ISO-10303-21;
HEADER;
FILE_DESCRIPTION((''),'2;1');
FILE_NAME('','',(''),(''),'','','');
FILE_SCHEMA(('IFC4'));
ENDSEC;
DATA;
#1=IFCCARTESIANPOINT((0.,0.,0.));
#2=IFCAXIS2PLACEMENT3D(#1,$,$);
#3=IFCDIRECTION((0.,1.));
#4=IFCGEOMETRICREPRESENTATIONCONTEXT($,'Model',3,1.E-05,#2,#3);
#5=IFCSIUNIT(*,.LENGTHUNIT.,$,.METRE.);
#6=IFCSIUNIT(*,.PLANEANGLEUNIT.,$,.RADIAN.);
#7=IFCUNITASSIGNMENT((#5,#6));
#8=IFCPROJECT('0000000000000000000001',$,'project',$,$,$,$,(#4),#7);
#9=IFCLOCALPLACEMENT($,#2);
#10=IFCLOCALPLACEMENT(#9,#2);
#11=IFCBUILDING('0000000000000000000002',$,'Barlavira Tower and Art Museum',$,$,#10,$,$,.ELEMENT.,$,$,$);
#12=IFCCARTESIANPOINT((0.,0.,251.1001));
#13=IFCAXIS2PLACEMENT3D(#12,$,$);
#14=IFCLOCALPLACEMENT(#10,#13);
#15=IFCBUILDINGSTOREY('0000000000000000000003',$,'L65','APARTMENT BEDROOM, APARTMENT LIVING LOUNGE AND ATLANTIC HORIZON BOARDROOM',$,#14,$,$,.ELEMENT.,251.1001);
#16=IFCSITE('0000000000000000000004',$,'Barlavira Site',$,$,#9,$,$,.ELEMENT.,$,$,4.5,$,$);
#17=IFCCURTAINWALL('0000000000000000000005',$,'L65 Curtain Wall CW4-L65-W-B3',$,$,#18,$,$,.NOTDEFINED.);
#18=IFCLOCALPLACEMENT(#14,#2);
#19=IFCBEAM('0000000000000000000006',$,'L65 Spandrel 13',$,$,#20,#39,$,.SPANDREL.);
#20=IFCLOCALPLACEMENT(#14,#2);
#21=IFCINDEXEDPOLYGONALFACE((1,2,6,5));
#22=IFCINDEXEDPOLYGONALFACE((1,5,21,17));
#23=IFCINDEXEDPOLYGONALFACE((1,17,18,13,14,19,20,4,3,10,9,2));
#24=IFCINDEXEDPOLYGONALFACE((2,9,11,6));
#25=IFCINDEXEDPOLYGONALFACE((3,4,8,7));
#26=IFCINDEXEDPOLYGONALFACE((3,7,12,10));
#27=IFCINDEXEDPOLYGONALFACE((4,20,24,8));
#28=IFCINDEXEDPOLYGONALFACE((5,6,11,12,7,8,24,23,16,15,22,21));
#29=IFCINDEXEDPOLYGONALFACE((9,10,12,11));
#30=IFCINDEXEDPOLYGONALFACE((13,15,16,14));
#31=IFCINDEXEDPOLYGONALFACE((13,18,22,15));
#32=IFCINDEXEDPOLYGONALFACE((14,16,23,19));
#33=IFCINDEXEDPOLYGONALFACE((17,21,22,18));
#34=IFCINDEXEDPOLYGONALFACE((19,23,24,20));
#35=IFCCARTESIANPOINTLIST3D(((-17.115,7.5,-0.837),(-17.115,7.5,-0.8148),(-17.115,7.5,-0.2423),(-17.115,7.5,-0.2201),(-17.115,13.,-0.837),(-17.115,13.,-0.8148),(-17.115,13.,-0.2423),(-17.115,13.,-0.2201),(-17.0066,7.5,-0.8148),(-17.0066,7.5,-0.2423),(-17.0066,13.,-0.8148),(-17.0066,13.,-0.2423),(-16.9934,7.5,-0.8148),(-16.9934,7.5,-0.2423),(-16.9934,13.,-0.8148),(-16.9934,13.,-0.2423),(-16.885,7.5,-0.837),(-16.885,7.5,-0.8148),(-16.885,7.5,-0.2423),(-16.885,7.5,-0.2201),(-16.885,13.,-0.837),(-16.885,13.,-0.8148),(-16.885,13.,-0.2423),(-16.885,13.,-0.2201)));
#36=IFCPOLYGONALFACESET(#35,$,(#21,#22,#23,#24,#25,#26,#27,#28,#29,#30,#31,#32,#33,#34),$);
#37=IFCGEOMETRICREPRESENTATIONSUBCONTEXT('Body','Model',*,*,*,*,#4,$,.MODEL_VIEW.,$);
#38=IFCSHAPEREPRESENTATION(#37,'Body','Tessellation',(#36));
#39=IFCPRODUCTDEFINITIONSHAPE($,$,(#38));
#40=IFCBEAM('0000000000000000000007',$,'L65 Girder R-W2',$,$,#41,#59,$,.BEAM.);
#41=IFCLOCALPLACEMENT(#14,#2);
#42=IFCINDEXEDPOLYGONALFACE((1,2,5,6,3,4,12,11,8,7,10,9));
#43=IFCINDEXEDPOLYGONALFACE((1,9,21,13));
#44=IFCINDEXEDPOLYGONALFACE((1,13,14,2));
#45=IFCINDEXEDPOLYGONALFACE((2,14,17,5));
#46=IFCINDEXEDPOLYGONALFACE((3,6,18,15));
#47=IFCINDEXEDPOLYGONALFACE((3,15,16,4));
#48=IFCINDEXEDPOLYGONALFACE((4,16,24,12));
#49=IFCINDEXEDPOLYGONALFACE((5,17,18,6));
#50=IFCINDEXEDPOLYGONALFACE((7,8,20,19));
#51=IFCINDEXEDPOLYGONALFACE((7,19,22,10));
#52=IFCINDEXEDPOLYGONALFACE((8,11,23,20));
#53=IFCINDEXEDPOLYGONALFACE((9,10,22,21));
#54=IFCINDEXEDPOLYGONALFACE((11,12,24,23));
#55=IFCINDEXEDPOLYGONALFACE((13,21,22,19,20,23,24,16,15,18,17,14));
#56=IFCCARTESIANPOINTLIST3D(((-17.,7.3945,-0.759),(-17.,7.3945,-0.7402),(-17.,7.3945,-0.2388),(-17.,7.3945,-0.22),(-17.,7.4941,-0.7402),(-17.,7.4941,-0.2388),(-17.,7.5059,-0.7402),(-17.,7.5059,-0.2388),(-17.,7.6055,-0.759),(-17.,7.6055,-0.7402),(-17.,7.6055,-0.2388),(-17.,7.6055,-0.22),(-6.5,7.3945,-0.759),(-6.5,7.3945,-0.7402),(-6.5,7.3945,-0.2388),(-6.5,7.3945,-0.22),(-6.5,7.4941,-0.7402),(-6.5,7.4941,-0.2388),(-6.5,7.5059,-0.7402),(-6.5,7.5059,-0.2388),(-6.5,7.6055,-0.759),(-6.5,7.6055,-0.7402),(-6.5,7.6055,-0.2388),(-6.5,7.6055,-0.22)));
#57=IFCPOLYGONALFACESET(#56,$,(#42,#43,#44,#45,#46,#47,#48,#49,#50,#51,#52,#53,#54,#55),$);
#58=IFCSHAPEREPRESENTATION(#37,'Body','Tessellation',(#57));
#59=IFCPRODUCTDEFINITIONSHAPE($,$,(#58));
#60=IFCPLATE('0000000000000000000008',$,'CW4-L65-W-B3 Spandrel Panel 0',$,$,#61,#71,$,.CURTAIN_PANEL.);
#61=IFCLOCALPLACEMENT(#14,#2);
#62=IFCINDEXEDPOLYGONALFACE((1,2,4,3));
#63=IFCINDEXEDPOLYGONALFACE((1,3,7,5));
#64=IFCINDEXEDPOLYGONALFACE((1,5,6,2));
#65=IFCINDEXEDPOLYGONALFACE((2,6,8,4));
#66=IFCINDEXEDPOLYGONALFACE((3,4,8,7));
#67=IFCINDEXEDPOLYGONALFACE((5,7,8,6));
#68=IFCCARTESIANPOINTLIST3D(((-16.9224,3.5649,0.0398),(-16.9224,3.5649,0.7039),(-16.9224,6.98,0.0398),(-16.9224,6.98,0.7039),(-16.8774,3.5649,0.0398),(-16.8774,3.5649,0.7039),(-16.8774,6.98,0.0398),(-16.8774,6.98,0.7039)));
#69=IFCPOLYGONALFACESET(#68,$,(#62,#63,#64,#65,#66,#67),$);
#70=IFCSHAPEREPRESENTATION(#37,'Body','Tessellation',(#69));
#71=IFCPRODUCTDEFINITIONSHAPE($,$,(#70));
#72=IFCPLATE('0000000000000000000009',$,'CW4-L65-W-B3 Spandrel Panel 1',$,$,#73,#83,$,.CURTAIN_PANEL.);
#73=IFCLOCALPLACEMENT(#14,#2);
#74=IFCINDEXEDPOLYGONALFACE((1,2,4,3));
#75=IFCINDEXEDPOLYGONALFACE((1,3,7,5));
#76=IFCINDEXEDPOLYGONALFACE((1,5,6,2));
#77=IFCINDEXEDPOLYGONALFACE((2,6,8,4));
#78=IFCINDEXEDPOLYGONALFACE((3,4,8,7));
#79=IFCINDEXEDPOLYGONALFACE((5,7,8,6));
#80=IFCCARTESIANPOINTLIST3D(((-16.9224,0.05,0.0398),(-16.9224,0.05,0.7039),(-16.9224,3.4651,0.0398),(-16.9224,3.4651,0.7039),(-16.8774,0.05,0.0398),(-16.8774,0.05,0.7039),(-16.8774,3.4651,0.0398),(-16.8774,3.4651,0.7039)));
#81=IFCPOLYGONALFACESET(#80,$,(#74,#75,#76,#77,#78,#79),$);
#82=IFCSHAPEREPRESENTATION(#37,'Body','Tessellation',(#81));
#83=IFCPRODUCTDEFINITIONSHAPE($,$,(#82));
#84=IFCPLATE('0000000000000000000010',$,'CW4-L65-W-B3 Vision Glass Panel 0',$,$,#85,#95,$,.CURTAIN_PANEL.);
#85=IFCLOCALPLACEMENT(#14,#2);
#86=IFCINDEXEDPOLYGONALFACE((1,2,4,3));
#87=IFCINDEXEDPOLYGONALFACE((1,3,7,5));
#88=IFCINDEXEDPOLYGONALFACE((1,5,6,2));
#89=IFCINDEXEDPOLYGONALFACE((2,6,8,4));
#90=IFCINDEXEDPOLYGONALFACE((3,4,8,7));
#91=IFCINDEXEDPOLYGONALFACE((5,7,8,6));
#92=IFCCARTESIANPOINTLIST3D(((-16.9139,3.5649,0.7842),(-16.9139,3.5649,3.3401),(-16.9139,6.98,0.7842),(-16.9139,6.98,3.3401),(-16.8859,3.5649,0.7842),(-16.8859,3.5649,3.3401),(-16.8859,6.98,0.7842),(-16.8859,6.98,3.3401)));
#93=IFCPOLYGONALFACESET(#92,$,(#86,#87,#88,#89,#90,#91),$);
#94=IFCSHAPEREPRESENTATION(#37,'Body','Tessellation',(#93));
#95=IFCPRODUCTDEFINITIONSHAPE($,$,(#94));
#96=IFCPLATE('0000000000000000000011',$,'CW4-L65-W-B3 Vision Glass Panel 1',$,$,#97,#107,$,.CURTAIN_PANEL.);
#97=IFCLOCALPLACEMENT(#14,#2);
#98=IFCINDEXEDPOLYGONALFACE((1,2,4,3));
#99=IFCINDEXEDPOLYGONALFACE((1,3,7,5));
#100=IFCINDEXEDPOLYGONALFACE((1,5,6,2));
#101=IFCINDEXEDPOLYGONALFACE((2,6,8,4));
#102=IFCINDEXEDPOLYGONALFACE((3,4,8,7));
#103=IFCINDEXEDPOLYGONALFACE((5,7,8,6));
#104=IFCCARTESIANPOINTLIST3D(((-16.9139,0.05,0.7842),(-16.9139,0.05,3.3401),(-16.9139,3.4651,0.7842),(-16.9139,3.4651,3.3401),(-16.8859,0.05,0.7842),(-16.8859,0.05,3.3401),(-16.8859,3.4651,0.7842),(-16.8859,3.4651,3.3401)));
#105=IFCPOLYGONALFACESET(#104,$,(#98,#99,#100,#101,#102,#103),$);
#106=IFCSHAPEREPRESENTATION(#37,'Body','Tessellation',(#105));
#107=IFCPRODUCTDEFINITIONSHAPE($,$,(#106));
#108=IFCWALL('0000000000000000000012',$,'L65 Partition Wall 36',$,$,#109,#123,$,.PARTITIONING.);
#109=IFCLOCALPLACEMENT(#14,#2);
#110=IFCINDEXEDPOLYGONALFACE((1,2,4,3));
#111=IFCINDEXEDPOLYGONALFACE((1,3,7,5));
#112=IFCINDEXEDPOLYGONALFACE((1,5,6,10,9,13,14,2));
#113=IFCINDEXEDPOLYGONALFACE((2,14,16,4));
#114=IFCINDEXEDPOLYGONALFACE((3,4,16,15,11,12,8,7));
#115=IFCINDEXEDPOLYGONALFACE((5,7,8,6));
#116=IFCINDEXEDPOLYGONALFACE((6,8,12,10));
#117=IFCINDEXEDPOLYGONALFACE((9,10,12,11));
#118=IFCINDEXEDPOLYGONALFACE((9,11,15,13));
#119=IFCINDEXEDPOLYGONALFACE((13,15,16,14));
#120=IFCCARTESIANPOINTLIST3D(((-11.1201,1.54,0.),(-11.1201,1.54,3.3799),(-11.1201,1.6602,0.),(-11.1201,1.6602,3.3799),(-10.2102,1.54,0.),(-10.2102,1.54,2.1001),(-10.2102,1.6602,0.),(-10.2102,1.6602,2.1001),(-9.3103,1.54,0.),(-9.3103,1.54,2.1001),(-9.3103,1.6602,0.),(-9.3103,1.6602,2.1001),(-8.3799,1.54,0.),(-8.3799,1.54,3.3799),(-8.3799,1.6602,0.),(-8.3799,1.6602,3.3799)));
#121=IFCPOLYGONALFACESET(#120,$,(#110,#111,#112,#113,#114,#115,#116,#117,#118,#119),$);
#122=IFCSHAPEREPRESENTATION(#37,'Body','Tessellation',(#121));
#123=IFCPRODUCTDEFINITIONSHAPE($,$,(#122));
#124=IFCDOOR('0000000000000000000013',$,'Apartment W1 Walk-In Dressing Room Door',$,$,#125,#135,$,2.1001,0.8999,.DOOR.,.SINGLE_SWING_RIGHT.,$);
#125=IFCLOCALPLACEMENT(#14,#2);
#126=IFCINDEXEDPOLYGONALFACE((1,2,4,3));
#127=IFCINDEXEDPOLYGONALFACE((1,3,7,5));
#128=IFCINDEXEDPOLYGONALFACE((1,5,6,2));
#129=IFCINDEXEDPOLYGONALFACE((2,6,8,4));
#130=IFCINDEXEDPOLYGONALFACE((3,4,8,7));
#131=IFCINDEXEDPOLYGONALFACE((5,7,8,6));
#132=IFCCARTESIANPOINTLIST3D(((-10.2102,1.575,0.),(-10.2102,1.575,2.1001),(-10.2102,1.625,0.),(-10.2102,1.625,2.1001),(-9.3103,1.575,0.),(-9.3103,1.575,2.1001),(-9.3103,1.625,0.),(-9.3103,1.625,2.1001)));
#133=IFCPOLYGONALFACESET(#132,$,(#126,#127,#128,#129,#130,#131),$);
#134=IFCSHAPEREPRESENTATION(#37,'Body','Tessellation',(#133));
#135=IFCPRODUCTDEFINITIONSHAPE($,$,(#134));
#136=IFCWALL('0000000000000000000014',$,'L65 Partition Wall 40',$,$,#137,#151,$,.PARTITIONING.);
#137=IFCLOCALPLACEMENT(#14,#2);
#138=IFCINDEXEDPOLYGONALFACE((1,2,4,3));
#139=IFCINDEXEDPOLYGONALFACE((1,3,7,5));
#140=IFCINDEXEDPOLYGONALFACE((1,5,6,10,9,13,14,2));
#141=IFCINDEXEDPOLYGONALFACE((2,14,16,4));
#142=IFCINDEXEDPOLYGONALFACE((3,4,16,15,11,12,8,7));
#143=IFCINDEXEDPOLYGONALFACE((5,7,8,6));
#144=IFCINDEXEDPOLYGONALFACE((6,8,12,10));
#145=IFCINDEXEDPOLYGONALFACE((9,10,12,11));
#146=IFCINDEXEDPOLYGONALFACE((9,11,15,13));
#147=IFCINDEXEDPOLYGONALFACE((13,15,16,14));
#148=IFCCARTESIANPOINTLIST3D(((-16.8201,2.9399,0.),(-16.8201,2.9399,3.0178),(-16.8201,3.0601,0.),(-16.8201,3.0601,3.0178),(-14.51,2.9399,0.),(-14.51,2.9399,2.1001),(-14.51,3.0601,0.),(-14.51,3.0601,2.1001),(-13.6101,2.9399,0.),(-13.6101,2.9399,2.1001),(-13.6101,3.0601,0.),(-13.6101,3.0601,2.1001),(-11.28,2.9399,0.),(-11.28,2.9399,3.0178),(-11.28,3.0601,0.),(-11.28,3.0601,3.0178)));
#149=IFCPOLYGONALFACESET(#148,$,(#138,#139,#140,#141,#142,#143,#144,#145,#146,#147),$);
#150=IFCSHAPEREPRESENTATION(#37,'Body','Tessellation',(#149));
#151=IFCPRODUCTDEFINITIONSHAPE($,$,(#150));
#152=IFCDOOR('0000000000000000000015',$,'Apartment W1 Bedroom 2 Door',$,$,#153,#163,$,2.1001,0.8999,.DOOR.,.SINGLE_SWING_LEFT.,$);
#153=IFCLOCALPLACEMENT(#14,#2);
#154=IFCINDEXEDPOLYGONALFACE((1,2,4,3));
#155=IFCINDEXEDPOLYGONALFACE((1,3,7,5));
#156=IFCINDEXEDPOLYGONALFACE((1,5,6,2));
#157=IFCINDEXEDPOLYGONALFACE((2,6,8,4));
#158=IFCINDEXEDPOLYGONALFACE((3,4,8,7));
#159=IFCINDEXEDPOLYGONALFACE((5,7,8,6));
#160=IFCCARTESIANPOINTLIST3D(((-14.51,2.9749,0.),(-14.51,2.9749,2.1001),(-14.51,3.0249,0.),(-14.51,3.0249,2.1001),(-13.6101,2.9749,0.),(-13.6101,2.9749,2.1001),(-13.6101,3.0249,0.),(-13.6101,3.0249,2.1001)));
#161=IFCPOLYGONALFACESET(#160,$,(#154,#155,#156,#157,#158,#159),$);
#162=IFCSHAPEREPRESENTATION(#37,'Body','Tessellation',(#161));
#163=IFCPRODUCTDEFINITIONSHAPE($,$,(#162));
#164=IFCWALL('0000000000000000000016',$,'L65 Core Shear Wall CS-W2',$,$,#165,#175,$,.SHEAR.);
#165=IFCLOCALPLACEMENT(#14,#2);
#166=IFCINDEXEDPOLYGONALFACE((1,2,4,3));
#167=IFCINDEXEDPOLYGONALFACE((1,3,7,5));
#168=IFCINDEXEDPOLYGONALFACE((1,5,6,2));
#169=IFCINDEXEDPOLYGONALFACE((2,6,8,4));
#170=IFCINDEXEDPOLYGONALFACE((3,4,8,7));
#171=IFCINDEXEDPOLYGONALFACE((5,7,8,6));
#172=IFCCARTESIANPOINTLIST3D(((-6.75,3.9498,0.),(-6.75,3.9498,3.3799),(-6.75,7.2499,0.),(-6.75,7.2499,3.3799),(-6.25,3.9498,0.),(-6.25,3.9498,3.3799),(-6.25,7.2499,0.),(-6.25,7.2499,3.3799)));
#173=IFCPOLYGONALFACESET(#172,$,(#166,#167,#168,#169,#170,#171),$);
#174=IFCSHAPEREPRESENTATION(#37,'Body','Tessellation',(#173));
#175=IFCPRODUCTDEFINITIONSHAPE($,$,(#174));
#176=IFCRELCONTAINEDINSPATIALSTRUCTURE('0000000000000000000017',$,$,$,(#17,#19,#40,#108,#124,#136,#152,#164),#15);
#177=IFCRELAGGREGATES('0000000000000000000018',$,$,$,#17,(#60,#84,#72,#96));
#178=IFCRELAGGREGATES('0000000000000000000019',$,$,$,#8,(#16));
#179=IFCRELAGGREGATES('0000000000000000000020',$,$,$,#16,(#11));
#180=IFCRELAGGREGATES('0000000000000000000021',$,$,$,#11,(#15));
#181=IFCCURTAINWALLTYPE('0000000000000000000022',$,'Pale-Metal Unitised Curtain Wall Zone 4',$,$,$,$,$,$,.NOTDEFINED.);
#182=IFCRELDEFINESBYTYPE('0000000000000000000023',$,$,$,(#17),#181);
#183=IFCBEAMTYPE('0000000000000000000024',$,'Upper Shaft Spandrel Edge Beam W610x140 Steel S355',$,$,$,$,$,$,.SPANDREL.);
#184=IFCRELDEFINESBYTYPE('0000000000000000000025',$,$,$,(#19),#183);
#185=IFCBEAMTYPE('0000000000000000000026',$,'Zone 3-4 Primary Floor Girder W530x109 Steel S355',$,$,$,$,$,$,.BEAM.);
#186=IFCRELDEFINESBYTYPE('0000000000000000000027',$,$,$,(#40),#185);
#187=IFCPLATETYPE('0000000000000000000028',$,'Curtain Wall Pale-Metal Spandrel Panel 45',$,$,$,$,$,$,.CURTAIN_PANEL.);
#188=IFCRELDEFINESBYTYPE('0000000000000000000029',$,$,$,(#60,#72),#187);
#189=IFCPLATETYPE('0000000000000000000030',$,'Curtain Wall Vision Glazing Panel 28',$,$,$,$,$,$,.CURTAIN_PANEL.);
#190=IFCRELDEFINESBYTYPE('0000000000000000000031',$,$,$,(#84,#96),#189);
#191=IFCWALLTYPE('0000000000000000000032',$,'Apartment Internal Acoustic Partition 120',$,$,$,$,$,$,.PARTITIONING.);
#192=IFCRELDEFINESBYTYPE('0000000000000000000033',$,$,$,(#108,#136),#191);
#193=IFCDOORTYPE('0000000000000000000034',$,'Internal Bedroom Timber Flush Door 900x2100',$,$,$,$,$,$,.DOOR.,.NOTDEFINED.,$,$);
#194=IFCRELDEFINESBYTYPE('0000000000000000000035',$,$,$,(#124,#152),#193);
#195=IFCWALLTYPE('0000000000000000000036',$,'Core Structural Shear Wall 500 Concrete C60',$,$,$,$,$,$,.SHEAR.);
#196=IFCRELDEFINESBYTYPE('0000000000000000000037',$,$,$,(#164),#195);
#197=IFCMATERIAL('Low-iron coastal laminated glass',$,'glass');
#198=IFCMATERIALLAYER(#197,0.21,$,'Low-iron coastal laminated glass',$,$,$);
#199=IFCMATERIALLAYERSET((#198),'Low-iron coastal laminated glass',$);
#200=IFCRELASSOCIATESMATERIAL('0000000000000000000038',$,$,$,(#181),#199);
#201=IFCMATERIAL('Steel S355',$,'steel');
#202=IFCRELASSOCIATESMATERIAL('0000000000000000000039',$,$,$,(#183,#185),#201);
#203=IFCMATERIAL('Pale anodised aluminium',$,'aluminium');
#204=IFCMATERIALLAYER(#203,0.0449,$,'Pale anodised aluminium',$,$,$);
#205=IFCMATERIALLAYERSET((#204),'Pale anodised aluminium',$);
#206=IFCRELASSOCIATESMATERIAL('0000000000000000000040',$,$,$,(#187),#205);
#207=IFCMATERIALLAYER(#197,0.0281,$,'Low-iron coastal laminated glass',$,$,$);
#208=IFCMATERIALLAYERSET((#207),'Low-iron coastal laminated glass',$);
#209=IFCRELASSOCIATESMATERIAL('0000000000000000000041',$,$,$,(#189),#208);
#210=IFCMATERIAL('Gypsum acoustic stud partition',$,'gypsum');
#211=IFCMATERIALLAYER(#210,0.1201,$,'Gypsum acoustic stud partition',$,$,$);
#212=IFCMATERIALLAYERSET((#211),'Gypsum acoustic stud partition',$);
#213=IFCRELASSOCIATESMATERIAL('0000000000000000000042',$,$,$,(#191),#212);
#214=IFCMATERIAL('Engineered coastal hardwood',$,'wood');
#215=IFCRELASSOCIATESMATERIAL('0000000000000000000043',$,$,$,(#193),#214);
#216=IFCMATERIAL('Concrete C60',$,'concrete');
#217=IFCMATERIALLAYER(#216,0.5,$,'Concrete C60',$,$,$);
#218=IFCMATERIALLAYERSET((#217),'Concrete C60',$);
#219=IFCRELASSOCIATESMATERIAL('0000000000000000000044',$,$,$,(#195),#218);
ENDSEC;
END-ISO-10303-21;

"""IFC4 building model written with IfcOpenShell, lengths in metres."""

from ifc_helpers import new_model, si_unit, direction, frame, frame_2d, origin, origin_2d, place, context, subcontext, project, spatial, rectangle, i_section, extrude, material, layer, layer_set, material_profile, profile_set, type_object, element, fill, aggregate, save


model = new_model("IFC4")

# Units and contexts
model_context = context("Model", 3, precision=1e-05, world=origin(), true_north=direction((0.0, 1.0)))
body_context = subcontext(model_context, "Body", "Model", "MODEL_VIEW")
ifc_project = project(units=[si_unit("LENGTHUNIT", "METRE"), si_unit("PLANEANGLEUNIT", "RADIAN")], contexts=[model_context])

# Site, building, storey
site_placement = place(None, origin())
site = spatial("IfcSite", under=ifc_project, at=site_placement, Name="Barlavira Site", CompositionType="ELEMENT", RefElevation=4.5)
building_placement = place(site_placement, origin())
building = spatial("IfcBuilding", under=site, at=building_placement, Name="Barlavira Tower and Art Museum", CompositionType="ELEMENT")
storey_placement = place(building_placement, frame((0.0, 0.0, 251.1001)))
storey = spatial("IfcBuildingStorey", under=building, at=storey_placement, Name="L65", Description="APARTMENT BEDROOM, APARTMENT LIVING LOUNGE AND ATLANTIC HORIZON BOARDROOM", CompositionType="ELEMENT", Elevation=251.1001)

# Curtain wall
ifc_material_1 = material(Name="Low-iron coastal laminated glass", Category="glass")
ifc_layer_1 = layer(ifc_material_1, 0.21, Name="Low-iron coastal laminated glass")
ifc_layer_set_1 = layer_set([ifc_layer_1], Name="Low-iron coastal laminated glass")
curtain_wall_type = type_object("IfcCurtainWallType", Name="Pale-Metal Unitised Curtain Wall Zone 4", PredefinedType="NOTDEFINED", material=ifc_layer_set_1)
curtain_wall_placement = place(storey_placement, origin())
curtain_wall = element("IfcCurtainWall", 1, at=curtain_wall_placement, inside=storey, type_object=curtain_wall_type, Name="L65 Curtain Wall CW4-L65-W-B3", PredefinedType="NOTDEFINED")
ifc_material_2 = material(Name="Pale anodised aluminium", Category="aluminium")

# Beams
ifc_material_3 = material(Name="Steel S355", Category="steel")
ifc_material_profile_1 = material_profile(ifc_material_3, i_section(OverallWidth=0.23, OverallDepth=0.6169, WebThickness=0.0132, FlangeThickness=0.0222, at=origin_2d()), Name="W610x140.0")
ifc_profile_set_1 = profile_set([ifc_material_profile_1], Name="Steel S355")
beam_type_1 = type_object("IfcBeamType", Name="Upper Shaft Spandrel Edge Beam W610x140 Steel S355", PredefinedType="SPANDREL", material=ifc_profile_set_1)
beam_1_placement = place(storey_placement, frame((-17.0, 7.5, -0.5286), z_axis=(0.0, 1.0, 0.0), x_axis=(-1.0, 0.0, 0.0)))
element("IfcBeam", 2, at=beam_1_placement, inside=storey, type_object=beam_type_1, Name="L65 Spandrel 13", PredefinedType="SPANDREL", context=body_context, shape_type="SweptSolid", body=[
    extrude(i_section(OverallWidth=0.23, OverallDepth=0.6169, WebThickness=0.0132, FlangeThickness=0.0222, at=origin_2d()), origin(), (0.0, 0.0, 1.0), 5.5),
])
ifc_material_profile_2 = material_profile(ifc_material_3, i_section(OverallWidth=0.2109, OverallDepth=0.5391, WebThickness=0.0117, FlangeThickness=0.0188, at=origin_2d()), Name="W530x109.0")
ifc_profile_set_2 = profile_set([ifc_material_profile_2], Name="Steel S355")
beam_type_2 = type_object("IfcBeamType", Name="Zone 3-4 Primary Floor Girder W530x109 Steel S355", PredefinedType="BEAM", material=ifc_profile_set_2)
beam_2_placement = place(storey_placement, frame((-17.0, 7.5, -0.4895), z_axis=(1.0, 0.0, 0.0), x_axis=(0.0, 1.0, 0.0)))
element("IfcBeam", 3, at=beam_2_placement, inside=storey, type_object=beam_type_2, Name="L65 Girder R-W2", PredefinedType="BEAM", context=body_context, shape_type="SweptSolid", body=[
    extrude(i_section(OverallWidth=0.2109, OverallDepth=0.5391, WebThickness=0.0117, FlangeThickness=0.0188, at=origin_2d()), origin(), (0.0, 0.0, 1.0), 10.5),
])

# Plates
ifc_layer_2 = layer(ifc_material_2, 0.0449, Name="Pale anodised aluminium")
ifc_layer_set_2 = layer_set([ifc_layer_2], Name="Pale anodised aluminium")
plate_type_1 = type_object("IfcPlateType", Name="Curtain Wall Pale-Metal Spandrel Panel 45", PredefinedType="CURTAIN_PANEL", material=ifc_layer_set_2)
plate_1_placement = place(storey_placement, frame((-16.8999, 5.2725, 0.0398), z_axis=(0.0, 0.0, 1.0), x_axis=(0.0, -1.0, 0.0)))
plate_1 = element("IfcPlate", 4, at=plate_1_placement, type_object=plate_type_1, Name="CW4-L65-W-B3 Spandrel Panel 0", PredefinedType="CURTAIN_PANEL", context=body_context, shape_type="SweptSolid", body=[
    extrude(rectangle(XDim=3.415, YDim=0.0449, at=origin_2d()), origin(), (0.0, 0.0, 1.0), 0.6641),
])
plate_2_placement = place(storey_placement, frame((-16.8999, 1.7576, 0.0398), z_axis=(0.0, 0.0, 1.0), x_axis=(0.0, -1.0, 0.0)))
plate_2 = element("IfcPlate", 5, at=plate_2_placement, type_object=plate_type_1, Name="CW4-L65-W-B3 Spandrel Panel 1", PredefinedType="CURTAIN_PANEL", context=body_context, shape_type="SweptSolid", body=[
    extrude(rectangle(XDim=3.415, YDim=0.0449, at=origin_2d()), origin(), (0.0, 0.0, 1.0), 0.6641),
])
ifc_layer_3 = layer(ifc_material_1, 0.0281, Name="Low-iron coastal laminated glass")
ifc_layer_set_3 = layer_set([ifc_layer_3], Name="Low-iron coastal laminated glass")
plate_type_2 = type_object("IfcPlateType", Name="Curtain Wall Vision Glazing Panel 28", PredefinedType="CURTAIN_PANEL", material=ifc_layer_set_3)
plate_3_placement = place(storey_placement, frame((-16.8999, 5.2725, 0.7842), z_axis=(0.0, 0.0, 1.0), x_axis=(0.0, -1.0, 0.0)))
plate_3 = element("IfcPlate", 6, at=plate_3_placement, type_object=plate_type_2, Name="CW4-L65-W-B3 Vision Glass Panel 0", PredefinedType="CURTAIN_PANEL", context=body_context, shape_type="SweptSolid", body=[
    extrude(rectangle(XDim=3.415, YDim=0.0281, at=origin_2d()), origin(), (0.0, 0.0, 1.0), 2.5559),
])
plate_4_placement = place(storey_placement, frame((-16.8999, 1.7576, 0.7842), z_axis=(0.0, 0.0, 1.0), x_axis=(0.0, -1.0, 0.0)))
plate_4 = element("IfcPlate", 7, at=plate_4_placement, type_object=plate_type_2, Name="CW4-L65-W-B3 Vision Glass Panel 1", PredefinedType="CURTAIN_PANEL", context=body_context, shape_type="SweptSolid", body=[
    extrude(rectangle(XDim=3.415, YDim=0.0281, at=origin_2d()), origin(), (0.0, 0.0, 1.0), 2.5559),
])
aggregate(curtain_wall, [plate_1, plate_3, plate_2, plate_4])

# Walls, openings, doors
ifc_material_4 = material(Name="Gypsum acoustic stud partition", Category="gypsum")
ifc_layer_4 = layer(ifc_material_4, 0.1201, Name="Gypsum acoustic stud partition")
ifc_layer_set_4 = layer_set([ifc_layer_4], Name="Gypsum acoustic stud partition")
wall_type_1 = type_object("IfcWallType", Name="Apartment Internal Acoustic Partition 120", PredefinedType="PARTITIONING", material=ifc_layer_set_4)
wall_1_placement = place(storey_placement, frame((-11.1201, 1.6001, 0.0), z_axis=(0.0, 0.0, 1.0), x_axis=(1.0, 0.0, 0.0)))
wall_1 = element("IfcWall", 8, at=wall_1_placement, inside=storey, type_object=wall_type_1, Name="L65 Partition Wall 36", PredefinedType="PARTITIONING", context=body_context, shape_type="SweptSolid", body=[
    extrude(rectangle(XDim=2.7402, YDim=0.1201, at=frame_2d((1.3701, 0.0))), origin(), (0.0, 0.0, 1.0), 3.3799),
])
opening_1_placement = place(wall_1_placement, frame((0.9099, 0.0, 0.0)))
opening_1 = element("IfcOpeningElement", 9, at=opening_1_placement, cuts=wall_1, PredefinedType="OPENING", context=body_context, shape_type="SweptSolid", body=[
    extrude(rectangle(XDim=0.8999, YDim=2.1001, at=frame_2d((0.45, 1.05))), frame((0.0, 0.0701, 0.0), z_axis=(0.0, -1.0, 0.0), x_axis=(1.0, 0.0, 0.0)), (0.0, 0.0, 1.0), 0.1401),
])
ifc_material_5 = material(Name="Engineered coastal hardwood", Category="wood")
door_type_1 = type_object("IfcDoorType", Name="Internal Bedroom Timber Flush Door 900x2100", OperationType="NOTDEFINED", PredefinedType="DOOR", material=ifc_material_5)
door_1_placement = place(opening_1_placement, origin())
door_1 = element("IfcDoor", 10, at=door_1_placement, inside=storey, type_object=door_type_1, Name="Apartment W1 Walk-In Dressing Room Door", OperationType="SINGLE_SWING_RIGHT", OverallHeight=2.1001, OverallWidth=0.8999, PredefinedType="DOOR", context=body_context, shape_type="SweptSolid", body=[
    extrude(rectangle(XDim=0.8999, YDim=2.1001, at=frame_2d((0.45, 1.05))), frame((0.0, 0.0249, 0.0), z_axis=(0.0, -1.0, 0.0), x_axis=(1.0, 0.0, 0.0)), (0.0, 0.0, 1.0), 0.05),
])
fill(opening_1, door_1)
wall_2_placement = place(storey_placement, frame((-16.8201, 3.0, 0.0), z_axis=(0.0, 0.0, 1.0), x_axis=(1.0, 0.0, 0.0)))
wall_2 = element("IfcWall", 11, at=wall_2_placement, inside=storey, type_object=wall_type_1, Name="L65 Partition Wall 40", PredefinedType="PARTITIONING", context=body_context, shape_type="SweptSolid", body=[
    extrude(rectangle(XDim=5.54, YDim=0.1201, at=frame_2d((2.77, 0.0))), origin(), (0.0, 0.0, 1.0), 3.0178),
])
opening_2_placement = place(wall_2_placement, frame((2.3101, 0.0, 0.0)))
opening_2 = element("IfcOpeningElement", 12, at=opening_2_placement, cuts=wall_2, PredefinedType="OPENING", context=body_context, shape_type="SweptSolid", body=[
    extrude(rectangle(XDim=0.8999, YDim=2.1001, at=frame_2d((0.45, 1.05))), frame((0.0, 0.0701, 0.0), z_axis=(0.0, -1.0, 0.0), x_axis=(1.0, 0.0, 0.0)), (0.0, 0.0, 1.0), 0.1401),
])
door_2_placement = place(opening_2_placement, origin())
door_2 = element("IfcDoor", 13, at=door_2_placement, inside=storey, type_object=door_type_1, Name="Apartment W1 Bedroom 2 Door", OperationType="SINGLE_SWING_LEFT", OverallHeight=2.1001, OverallWidth=0.8999, PredefinedType="DOOR", context=body_context, shape_type="SweptSolid", body=[
    extrude(rectangle(XDim=0.8999, YDim=2.1001, at=frame_2d((0.45, 1.05))), frame((0.0, 0.0249, 0.0), z_axis=(0.0, -1.0, 0.0), x_axis=(1.0, 0.0, 0.0)), (0.0, 0.0, 1.0), 0.05),
])
fill(opening_2, door_2)
ifc_material_6 = material(Name="Concrete C60", Category="concrete")
ifc_layer_5 = layer(ifc_material_6, 0.5, Name="Concrete C60")
ifc_layer_set_5 = layer_set([ifc_layer_5], Name="Concrete C60")
wall_type_2 = type_object("IfcWallType", Name="Core Structural Shear Wall 500 Concrete C60", PredefinedType="SHEAR", material=ifc_layer_set_5)

# Wall
wall_3_placement = place(storey_placement, frame((-6.5, 3.95, 0.0), z_axis=(0.0, 0.0, 1.0), x_axis=(0.0, 1.0, 0.0)))
element("IfcWall", 14, at=wall_3_placement, inside=storey, type_object=wall_type_2, Name="L65 Core Shear Wall CS-W2", PredefinedType="SHEAR", context=body_context, shape_type="SweptSolid", body=[
    extrude(rectangle(XDim=3.3, YDim=0.5, at=frame_2d((1.6499, 0.0))), origin(), (0.0, 0.0, 1.0), 3.3799),
])

save(model, "model.ifc")
